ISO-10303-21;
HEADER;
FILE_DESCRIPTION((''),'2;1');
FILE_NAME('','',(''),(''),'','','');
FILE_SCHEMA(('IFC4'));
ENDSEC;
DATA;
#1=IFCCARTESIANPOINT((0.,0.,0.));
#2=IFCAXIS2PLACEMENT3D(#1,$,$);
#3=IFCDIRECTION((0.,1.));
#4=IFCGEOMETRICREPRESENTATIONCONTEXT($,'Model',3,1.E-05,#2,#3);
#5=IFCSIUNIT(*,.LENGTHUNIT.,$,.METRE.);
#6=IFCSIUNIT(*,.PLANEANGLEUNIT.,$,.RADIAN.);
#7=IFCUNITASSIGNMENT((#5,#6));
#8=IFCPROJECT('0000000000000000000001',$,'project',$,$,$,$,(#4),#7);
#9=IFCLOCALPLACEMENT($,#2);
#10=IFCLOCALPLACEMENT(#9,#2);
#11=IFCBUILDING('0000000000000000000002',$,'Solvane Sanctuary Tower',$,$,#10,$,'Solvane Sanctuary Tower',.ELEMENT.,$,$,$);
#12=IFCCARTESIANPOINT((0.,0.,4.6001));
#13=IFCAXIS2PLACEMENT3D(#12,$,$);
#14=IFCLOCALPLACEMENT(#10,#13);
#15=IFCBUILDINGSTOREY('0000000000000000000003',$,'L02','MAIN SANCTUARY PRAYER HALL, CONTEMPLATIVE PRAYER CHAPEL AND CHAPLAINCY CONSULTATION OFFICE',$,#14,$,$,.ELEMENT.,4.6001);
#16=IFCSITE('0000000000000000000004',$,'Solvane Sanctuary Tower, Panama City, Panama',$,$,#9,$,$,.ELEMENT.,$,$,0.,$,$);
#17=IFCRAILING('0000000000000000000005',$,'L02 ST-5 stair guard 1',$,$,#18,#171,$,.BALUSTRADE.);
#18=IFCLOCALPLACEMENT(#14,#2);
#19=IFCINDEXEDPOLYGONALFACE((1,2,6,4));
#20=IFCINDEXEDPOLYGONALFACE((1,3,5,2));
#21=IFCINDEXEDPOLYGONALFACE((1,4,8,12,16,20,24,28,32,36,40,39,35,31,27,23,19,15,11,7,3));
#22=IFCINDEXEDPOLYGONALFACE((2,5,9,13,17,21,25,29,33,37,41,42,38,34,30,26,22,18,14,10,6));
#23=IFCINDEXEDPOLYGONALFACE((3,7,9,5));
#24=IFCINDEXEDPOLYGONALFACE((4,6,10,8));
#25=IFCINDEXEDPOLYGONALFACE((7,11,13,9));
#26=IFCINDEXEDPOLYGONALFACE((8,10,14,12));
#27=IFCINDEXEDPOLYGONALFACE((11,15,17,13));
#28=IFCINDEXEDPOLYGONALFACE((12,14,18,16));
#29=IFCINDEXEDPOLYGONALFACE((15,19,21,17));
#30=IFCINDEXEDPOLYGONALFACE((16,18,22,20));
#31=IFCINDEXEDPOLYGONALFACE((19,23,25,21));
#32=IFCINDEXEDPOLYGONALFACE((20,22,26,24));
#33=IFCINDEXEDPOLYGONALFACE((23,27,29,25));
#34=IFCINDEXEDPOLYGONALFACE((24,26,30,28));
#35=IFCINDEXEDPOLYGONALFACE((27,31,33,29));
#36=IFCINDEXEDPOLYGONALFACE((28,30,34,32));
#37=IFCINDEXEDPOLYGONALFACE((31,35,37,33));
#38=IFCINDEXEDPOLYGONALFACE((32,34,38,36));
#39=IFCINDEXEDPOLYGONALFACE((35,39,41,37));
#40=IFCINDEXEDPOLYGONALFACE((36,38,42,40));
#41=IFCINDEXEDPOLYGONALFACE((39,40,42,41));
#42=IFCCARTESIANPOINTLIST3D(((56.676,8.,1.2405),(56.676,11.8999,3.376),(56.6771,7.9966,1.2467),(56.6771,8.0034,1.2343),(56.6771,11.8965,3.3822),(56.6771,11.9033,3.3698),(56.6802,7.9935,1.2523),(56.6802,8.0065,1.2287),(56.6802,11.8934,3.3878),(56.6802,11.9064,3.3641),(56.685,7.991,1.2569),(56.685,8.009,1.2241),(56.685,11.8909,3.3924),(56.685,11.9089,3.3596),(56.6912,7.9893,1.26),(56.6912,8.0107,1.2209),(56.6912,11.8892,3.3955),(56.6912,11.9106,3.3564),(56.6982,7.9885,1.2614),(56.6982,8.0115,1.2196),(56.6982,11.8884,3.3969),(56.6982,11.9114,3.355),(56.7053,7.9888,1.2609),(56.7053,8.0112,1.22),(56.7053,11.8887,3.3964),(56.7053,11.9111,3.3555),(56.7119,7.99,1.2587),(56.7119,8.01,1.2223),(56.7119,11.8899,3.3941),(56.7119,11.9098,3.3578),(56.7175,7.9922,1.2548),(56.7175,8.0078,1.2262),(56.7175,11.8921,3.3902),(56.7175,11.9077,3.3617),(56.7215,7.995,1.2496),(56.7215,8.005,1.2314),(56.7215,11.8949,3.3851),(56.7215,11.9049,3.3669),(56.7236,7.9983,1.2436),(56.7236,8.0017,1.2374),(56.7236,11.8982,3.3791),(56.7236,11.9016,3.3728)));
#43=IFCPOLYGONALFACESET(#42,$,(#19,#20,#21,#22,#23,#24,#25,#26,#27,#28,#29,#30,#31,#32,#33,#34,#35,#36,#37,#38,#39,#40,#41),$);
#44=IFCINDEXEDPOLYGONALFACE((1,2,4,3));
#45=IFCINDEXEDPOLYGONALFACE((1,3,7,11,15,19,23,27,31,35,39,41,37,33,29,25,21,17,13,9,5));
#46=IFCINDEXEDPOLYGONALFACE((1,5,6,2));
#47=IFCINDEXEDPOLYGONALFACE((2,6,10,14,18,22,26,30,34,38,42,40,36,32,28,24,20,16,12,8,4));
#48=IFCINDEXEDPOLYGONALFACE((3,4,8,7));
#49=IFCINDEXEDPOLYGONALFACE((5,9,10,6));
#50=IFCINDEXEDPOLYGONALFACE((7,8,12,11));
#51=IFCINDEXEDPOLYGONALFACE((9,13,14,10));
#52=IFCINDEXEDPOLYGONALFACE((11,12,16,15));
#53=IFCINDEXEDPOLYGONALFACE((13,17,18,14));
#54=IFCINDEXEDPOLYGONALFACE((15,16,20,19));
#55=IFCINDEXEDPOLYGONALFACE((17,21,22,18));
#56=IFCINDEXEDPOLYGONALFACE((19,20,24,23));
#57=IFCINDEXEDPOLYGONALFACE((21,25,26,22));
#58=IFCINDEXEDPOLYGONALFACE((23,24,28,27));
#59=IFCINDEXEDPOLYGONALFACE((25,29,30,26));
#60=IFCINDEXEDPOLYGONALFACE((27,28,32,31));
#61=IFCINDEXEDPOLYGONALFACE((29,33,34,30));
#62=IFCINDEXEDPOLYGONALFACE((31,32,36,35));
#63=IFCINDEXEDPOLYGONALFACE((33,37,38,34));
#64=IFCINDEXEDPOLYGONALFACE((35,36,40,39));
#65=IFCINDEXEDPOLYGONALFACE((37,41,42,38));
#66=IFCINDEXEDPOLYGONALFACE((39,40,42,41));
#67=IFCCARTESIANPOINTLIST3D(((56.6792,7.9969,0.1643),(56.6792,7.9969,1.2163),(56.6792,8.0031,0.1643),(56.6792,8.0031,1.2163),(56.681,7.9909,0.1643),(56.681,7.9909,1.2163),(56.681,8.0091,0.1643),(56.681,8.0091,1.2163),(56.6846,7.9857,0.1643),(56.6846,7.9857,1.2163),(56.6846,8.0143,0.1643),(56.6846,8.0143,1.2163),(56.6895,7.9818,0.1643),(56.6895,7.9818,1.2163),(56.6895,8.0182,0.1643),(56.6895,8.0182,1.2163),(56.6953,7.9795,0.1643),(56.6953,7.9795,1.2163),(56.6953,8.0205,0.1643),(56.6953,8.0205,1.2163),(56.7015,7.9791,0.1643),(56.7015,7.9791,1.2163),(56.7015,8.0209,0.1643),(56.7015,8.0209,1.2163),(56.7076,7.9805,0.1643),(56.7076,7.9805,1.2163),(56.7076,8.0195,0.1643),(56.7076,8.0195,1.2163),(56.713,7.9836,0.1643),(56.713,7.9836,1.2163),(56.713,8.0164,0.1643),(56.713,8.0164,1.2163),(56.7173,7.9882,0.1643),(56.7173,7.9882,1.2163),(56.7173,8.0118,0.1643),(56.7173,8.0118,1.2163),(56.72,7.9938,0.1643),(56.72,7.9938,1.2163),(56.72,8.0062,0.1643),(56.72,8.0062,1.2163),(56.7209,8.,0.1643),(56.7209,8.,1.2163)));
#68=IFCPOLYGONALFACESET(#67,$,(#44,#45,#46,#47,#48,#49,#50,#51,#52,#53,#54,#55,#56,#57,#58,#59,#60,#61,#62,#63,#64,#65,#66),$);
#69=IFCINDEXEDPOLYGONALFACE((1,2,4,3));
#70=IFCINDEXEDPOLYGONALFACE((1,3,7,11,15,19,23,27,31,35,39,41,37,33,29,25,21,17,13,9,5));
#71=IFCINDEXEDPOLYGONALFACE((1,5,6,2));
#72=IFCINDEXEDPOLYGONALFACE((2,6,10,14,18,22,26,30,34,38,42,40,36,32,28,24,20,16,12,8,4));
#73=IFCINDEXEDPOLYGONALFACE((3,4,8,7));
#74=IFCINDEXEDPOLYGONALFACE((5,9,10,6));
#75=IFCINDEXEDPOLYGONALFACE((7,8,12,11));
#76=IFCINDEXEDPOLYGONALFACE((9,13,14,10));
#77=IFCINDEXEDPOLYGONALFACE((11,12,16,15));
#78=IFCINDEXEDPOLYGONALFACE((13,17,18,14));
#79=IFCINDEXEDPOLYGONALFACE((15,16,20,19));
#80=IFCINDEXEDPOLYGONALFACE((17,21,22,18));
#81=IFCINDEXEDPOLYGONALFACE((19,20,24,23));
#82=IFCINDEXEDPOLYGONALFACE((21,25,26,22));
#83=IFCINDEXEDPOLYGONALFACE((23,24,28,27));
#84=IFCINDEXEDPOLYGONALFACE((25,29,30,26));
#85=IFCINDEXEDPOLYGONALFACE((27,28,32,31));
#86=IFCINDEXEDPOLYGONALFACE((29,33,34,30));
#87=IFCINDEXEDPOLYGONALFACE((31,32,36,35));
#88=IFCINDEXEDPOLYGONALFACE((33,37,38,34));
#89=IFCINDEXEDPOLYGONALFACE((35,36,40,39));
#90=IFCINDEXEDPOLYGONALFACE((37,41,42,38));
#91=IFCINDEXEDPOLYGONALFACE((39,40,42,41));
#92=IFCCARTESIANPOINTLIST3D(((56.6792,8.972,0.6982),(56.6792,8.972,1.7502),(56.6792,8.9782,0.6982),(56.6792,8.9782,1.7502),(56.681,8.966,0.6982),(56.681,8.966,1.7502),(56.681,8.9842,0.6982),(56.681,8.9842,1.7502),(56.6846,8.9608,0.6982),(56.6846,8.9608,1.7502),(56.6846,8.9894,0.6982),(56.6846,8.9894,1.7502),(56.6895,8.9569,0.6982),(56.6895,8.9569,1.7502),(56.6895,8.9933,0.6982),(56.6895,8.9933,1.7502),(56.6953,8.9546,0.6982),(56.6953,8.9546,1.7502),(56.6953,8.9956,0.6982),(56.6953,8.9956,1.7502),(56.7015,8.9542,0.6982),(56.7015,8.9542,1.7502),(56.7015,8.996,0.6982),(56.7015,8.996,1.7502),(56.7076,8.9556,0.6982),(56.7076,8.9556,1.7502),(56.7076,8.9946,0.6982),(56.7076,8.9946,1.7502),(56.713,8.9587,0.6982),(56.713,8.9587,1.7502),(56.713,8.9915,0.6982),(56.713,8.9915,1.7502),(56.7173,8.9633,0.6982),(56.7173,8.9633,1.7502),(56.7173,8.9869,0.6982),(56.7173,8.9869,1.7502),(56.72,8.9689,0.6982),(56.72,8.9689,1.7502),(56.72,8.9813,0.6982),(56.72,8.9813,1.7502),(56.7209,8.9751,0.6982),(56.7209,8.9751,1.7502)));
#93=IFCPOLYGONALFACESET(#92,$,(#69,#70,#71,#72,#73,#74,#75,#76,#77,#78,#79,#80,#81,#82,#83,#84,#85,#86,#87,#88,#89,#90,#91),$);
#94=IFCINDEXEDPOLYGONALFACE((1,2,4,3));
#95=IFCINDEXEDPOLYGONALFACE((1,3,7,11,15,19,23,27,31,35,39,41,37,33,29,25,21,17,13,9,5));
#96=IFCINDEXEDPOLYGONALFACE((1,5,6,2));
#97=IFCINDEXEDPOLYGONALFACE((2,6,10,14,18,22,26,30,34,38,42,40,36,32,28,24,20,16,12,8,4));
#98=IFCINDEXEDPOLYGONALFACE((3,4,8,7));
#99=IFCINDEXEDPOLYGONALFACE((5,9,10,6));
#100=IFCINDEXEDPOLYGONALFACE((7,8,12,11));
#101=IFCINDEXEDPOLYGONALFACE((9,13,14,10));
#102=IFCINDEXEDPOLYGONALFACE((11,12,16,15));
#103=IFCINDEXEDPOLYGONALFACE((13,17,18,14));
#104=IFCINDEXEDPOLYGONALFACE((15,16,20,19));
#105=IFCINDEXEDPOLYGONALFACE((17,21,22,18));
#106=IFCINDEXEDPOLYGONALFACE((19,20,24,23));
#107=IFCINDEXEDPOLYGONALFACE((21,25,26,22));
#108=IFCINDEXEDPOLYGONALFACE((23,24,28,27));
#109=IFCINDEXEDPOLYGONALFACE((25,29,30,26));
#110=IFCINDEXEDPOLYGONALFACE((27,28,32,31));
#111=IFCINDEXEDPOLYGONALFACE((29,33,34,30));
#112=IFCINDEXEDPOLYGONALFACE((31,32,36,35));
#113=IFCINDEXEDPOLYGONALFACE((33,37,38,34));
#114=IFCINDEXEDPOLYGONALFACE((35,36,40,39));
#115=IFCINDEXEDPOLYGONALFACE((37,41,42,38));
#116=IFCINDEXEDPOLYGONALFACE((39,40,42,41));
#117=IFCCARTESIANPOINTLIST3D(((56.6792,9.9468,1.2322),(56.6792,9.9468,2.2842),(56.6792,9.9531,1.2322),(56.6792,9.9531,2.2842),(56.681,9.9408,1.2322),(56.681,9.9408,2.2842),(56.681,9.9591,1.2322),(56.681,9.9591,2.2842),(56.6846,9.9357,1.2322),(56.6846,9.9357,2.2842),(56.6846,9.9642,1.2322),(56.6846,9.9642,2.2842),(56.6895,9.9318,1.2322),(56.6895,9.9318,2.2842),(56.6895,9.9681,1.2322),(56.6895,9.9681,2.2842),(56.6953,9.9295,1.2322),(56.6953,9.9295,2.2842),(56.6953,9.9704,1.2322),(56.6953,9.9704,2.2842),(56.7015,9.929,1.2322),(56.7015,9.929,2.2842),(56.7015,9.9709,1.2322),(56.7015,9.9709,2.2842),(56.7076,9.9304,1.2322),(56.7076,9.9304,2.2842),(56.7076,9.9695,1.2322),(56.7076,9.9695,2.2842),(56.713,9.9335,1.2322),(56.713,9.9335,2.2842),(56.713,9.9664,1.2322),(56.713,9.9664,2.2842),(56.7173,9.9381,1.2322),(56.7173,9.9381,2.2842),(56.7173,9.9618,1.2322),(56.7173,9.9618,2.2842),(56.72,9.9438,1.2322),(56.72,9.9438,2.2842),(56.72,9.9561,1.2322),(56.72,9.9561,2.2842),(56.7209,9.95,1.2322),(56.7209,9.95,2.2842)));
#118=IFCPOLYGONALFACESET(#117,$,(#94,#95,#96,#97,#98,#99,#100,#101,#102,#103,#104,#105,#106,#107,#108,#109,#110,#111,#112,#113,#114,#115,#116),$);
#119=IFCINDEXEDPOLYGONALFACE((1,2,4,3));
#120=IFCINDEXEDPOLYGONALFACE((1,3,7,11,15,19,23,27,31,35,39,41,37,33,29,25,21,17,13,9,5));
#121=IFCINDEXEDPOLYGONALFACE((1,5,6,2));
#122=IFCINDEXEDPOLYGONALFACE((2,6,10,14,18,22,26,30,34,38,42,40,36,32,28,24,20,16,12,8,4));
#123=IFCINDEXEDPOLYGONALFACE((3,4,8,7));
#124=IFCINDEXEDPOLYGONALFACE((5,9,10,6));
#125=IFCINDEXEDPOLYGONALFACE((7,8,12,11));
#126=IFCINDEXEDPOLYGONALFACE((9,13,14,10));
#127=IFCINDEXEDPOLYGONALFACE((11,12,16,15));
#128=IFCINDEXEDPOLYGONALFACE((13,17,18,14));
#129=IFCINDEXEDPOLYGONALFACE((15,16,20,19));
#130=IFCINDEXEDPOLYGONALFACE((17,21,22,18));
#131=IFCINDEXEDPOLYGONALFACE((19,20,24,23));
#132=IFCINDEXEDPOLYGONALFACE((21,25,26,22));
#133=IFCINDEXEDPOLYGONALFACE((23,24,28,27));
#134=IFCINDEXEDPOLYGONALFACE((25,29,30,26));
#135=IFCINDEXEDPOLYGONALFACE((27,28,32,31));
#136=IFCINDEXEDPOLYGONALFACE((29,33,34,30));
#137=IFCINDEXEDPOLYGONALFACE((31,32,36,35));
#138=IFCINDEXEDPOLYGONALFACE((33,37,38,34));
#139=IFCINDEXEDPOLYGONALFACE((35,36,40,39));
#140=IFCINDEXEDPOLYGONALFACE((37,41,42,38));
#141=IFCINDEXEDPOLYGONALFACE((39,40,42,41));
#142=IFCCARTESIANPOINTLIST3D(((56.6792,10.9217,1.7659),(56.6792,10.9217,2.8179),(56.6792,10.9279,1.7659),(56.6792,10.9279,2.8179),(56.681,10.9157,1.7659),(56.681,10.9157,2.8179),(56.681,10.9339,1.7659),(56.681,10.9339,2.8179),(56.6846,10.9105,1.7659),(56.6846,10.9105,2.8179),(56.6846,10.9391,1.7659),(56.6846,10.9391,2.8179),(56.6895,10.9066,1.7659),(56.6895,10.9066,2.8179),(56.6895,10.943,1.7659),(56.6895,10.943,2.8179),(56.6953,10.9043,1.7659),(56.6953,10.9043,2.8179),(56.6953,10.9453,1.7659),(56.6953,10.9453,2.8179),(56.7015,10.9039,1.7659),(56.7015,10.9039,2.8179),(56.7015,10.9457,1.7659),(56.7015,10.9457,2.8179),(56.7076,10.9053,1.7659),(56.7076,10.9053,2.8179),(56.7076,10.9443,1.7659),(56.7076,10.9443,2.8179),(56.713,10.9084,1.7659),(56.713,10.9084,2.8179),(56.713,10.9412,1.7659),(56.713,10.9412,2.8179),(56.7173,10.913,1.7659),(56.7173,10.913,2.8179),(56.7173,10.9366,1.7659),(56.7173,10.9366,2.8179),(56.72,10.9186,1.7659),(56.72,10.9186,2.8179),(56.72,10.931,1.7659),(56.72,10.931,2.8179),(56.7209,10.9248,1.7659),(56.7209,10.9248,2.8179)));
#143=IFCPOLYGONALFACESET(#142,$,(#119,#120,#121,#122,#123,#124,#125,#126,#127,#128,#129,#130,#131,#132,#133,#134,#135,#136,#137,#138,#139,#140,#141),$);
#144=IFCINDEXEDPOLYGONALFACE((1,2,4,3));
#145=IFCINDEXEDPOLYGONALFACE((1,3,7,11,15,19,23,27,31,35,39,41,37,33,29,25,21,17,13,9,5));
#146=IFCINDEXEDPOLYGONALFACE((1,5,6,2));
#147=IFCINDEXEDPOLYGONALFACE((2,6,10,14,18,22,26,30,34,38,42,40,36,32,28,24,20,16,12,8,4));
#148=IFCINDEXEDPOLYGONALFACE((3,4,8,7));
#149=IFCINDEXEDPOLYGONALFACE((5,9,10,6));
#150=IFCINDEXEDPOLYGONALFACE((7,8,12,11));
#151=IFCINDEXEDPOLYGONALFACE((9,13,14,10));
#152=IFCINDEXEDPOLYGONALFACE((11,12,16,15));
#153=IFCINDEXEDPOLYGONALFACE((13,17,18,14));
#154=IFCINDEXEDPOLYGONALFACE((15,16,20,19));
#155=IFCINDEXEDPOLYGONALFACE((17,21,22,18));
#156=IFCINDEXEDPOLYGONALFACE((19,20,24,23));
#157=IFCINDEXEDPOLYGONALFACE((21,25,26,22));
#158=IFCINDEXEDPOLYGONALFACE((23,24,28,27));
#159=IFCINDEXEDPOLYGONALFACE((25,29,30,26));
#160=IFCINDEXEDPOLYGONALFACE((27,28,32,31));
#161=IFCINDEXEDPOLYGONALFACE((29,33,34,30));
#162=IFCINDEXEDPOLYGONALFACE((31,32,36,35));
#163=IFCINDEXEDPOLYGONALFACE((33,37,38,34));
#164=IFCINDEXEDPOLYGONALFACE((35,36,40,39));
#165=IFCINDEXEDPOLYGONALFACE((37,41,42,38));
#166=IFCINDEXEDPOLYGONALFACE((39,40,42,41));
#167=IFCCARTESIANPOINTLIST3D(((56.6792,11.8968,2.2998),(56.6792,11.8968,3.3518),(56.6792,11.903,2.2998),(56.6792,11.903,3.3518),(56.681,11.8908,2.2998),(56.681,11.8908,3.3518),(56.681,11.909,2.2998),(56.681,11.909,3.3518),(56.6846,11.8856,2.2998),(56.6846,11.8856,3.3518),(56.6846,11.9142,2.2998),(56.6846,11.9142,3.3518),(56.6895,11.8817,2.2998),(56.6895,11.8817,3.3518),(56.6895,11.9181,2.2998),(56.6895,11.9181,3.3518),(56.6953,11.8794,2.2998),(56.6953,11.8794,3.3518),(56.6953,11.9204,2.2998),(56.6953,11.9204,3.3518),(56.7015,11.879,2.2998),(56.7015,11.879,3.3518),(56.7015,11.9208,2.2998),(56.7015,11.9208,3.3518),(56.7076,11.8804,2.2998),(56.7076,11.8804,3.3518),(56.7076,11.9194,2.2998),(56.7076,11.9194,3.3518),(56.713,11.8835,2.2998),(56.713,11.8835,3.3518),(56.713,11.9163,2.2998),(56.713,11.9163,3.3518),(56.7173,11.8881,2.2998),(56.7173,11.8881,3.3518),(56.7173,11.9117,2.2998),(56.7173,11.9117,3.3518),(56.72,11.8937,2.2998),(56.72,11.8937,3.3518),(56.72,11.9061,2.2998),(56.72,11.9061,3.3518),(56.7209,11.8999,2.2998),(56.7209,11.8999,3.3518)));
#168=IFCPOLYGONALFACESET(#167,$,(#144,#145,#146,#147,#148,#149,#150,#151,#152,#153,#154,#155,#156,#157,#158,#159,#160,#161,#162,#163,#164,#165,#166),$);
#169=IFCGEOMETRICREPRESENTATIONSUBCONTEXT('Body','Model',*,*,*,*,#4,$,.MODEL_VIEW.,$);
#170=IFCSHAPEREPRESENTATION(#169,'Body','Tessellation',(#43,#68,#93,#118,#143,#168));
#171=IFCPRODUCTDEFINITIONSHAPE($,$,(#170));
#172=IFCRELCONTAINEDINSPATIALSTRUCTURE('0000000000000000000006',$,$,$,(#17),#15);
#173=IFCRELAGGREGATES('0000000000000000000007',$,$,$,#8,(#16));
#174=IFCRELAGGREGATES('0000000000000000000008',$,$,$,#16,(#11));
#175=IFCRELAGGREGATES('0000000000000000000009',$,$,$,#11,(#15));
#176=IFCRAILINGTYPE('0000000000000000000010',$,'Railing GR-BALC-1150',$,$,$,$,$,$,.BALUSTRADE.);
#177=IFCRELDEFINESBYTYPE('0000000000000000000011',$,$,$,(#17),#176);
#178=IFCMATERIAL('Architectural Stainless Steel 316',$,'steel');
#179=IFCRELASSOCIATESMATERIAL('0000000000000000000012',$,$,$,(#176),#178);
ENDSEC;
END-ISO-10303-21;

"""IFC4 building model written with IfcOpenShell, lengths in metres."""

from ifc_helpers import new_model, si_unit, direction, frame, origin, origin_2d, place, context, subcontext, project, spatial, circle, extrude, material, type_object, element, save


model = new_model("IFC4")

# Units and contexts
model_context = context("Model", 3, precision=1e-05, world=origin(), true_north=direction((0.0, 1.0)))
body_context = subcontext(model_context, "Body", "Model", "MODEL_VIEW")
ifc_project = project(units=[si_unit("LENGTHUNIT", "METRE"), si_unit("PLANEANGLEUNIT", "RADIAN")], contexts=[model_context])

# Site, building, storey
site_placement = place(None, origin())
site = spatial("IfcSite", under=ifc_project, at=site_placement, Name="Solvane Sanctuary Tower, Panama City, Panama", CompositionType="ELEMENT", RefElevation=0.0)
building_placement = place(site_placement, origin())
building = spatial("IfcBuilding", under=site, at=building_placement, Name="Solvane Sanctuary Tower", LongName="Solvane Sanctuary Tower", CompositionType="ELEMENT")
storey_placement = place(building_placement, frame((0.0, 0.0, 4.6001)))
storey = spatial("IfcBuildingStorey", under=building, at=storey_placement, Name="L02", Description="MAIN SANCTUARY PRAYER HALL, CONTEMPLATIVE PRAYER CHAPEL AND CHAPLAINCY CONSULTATION OFFICE", CompositionType="ELEMENT", Elevation=4.6001)

# Shared definitions
ifc_material_1 = material(Name="Architectural Stainless Steel 316", Category="steel")

# Railing
railing_type_1 = type_object("IfcRailingType", Name="Railing GR-BALC-1150", PredefinedType="BALUSTRADE", material=ifc_material_1)
railing_1_placement = place(storey_placement, frame((56.7, 8.0, 0.1643)))
element("IfcRailing", 1, at=railing_1_placement, inside=storey, type_object=railing_type_1, Name="L02 ST-5 stair guard 1", PredefinedType="BALUSTRADE", context=body_context, shape_type="SweptSolid", body=[
    extrude(circle(Radius=0.0239, at=origin_2d()), frame((0.0, 0.0, 1.0762), z_axis=(0.0, 0.877112, 0.480286), x_axis=(-1.0, 0.0, 0.0)), (0.0, 0.0, 1.0), 4.4463),
    extrude(circle(Radius=0.021, at=origin_2d()), origin(), (0.0, 0.0, 1.0), 1.052),
    extrude(circle(Radius=0.021, at=origin_2d()), frame((0.0, 0.9751, 0.5339)), (0.0, 0.0, 1.0), 1.052),
    extrude(circle(Radius=0.021, at=origin_2d()), frame((0.0, 1.95, 1.0679)), (0.0, 0.0, 1.0), 1.052),
    extrude(circle(Radius=0.021, at=origin_2d()), frame((0.0, 2.9248, 1.6016)), (0.0, 0.0, 1.0), 1.052),
    extrude(circle(Radius=0.021, at=origin_2d()), frame((0.0, 3.8999, 2.1355)), (0.0, 0.0, 1.0), 1.052),
])

save(model, "model.ifc")
